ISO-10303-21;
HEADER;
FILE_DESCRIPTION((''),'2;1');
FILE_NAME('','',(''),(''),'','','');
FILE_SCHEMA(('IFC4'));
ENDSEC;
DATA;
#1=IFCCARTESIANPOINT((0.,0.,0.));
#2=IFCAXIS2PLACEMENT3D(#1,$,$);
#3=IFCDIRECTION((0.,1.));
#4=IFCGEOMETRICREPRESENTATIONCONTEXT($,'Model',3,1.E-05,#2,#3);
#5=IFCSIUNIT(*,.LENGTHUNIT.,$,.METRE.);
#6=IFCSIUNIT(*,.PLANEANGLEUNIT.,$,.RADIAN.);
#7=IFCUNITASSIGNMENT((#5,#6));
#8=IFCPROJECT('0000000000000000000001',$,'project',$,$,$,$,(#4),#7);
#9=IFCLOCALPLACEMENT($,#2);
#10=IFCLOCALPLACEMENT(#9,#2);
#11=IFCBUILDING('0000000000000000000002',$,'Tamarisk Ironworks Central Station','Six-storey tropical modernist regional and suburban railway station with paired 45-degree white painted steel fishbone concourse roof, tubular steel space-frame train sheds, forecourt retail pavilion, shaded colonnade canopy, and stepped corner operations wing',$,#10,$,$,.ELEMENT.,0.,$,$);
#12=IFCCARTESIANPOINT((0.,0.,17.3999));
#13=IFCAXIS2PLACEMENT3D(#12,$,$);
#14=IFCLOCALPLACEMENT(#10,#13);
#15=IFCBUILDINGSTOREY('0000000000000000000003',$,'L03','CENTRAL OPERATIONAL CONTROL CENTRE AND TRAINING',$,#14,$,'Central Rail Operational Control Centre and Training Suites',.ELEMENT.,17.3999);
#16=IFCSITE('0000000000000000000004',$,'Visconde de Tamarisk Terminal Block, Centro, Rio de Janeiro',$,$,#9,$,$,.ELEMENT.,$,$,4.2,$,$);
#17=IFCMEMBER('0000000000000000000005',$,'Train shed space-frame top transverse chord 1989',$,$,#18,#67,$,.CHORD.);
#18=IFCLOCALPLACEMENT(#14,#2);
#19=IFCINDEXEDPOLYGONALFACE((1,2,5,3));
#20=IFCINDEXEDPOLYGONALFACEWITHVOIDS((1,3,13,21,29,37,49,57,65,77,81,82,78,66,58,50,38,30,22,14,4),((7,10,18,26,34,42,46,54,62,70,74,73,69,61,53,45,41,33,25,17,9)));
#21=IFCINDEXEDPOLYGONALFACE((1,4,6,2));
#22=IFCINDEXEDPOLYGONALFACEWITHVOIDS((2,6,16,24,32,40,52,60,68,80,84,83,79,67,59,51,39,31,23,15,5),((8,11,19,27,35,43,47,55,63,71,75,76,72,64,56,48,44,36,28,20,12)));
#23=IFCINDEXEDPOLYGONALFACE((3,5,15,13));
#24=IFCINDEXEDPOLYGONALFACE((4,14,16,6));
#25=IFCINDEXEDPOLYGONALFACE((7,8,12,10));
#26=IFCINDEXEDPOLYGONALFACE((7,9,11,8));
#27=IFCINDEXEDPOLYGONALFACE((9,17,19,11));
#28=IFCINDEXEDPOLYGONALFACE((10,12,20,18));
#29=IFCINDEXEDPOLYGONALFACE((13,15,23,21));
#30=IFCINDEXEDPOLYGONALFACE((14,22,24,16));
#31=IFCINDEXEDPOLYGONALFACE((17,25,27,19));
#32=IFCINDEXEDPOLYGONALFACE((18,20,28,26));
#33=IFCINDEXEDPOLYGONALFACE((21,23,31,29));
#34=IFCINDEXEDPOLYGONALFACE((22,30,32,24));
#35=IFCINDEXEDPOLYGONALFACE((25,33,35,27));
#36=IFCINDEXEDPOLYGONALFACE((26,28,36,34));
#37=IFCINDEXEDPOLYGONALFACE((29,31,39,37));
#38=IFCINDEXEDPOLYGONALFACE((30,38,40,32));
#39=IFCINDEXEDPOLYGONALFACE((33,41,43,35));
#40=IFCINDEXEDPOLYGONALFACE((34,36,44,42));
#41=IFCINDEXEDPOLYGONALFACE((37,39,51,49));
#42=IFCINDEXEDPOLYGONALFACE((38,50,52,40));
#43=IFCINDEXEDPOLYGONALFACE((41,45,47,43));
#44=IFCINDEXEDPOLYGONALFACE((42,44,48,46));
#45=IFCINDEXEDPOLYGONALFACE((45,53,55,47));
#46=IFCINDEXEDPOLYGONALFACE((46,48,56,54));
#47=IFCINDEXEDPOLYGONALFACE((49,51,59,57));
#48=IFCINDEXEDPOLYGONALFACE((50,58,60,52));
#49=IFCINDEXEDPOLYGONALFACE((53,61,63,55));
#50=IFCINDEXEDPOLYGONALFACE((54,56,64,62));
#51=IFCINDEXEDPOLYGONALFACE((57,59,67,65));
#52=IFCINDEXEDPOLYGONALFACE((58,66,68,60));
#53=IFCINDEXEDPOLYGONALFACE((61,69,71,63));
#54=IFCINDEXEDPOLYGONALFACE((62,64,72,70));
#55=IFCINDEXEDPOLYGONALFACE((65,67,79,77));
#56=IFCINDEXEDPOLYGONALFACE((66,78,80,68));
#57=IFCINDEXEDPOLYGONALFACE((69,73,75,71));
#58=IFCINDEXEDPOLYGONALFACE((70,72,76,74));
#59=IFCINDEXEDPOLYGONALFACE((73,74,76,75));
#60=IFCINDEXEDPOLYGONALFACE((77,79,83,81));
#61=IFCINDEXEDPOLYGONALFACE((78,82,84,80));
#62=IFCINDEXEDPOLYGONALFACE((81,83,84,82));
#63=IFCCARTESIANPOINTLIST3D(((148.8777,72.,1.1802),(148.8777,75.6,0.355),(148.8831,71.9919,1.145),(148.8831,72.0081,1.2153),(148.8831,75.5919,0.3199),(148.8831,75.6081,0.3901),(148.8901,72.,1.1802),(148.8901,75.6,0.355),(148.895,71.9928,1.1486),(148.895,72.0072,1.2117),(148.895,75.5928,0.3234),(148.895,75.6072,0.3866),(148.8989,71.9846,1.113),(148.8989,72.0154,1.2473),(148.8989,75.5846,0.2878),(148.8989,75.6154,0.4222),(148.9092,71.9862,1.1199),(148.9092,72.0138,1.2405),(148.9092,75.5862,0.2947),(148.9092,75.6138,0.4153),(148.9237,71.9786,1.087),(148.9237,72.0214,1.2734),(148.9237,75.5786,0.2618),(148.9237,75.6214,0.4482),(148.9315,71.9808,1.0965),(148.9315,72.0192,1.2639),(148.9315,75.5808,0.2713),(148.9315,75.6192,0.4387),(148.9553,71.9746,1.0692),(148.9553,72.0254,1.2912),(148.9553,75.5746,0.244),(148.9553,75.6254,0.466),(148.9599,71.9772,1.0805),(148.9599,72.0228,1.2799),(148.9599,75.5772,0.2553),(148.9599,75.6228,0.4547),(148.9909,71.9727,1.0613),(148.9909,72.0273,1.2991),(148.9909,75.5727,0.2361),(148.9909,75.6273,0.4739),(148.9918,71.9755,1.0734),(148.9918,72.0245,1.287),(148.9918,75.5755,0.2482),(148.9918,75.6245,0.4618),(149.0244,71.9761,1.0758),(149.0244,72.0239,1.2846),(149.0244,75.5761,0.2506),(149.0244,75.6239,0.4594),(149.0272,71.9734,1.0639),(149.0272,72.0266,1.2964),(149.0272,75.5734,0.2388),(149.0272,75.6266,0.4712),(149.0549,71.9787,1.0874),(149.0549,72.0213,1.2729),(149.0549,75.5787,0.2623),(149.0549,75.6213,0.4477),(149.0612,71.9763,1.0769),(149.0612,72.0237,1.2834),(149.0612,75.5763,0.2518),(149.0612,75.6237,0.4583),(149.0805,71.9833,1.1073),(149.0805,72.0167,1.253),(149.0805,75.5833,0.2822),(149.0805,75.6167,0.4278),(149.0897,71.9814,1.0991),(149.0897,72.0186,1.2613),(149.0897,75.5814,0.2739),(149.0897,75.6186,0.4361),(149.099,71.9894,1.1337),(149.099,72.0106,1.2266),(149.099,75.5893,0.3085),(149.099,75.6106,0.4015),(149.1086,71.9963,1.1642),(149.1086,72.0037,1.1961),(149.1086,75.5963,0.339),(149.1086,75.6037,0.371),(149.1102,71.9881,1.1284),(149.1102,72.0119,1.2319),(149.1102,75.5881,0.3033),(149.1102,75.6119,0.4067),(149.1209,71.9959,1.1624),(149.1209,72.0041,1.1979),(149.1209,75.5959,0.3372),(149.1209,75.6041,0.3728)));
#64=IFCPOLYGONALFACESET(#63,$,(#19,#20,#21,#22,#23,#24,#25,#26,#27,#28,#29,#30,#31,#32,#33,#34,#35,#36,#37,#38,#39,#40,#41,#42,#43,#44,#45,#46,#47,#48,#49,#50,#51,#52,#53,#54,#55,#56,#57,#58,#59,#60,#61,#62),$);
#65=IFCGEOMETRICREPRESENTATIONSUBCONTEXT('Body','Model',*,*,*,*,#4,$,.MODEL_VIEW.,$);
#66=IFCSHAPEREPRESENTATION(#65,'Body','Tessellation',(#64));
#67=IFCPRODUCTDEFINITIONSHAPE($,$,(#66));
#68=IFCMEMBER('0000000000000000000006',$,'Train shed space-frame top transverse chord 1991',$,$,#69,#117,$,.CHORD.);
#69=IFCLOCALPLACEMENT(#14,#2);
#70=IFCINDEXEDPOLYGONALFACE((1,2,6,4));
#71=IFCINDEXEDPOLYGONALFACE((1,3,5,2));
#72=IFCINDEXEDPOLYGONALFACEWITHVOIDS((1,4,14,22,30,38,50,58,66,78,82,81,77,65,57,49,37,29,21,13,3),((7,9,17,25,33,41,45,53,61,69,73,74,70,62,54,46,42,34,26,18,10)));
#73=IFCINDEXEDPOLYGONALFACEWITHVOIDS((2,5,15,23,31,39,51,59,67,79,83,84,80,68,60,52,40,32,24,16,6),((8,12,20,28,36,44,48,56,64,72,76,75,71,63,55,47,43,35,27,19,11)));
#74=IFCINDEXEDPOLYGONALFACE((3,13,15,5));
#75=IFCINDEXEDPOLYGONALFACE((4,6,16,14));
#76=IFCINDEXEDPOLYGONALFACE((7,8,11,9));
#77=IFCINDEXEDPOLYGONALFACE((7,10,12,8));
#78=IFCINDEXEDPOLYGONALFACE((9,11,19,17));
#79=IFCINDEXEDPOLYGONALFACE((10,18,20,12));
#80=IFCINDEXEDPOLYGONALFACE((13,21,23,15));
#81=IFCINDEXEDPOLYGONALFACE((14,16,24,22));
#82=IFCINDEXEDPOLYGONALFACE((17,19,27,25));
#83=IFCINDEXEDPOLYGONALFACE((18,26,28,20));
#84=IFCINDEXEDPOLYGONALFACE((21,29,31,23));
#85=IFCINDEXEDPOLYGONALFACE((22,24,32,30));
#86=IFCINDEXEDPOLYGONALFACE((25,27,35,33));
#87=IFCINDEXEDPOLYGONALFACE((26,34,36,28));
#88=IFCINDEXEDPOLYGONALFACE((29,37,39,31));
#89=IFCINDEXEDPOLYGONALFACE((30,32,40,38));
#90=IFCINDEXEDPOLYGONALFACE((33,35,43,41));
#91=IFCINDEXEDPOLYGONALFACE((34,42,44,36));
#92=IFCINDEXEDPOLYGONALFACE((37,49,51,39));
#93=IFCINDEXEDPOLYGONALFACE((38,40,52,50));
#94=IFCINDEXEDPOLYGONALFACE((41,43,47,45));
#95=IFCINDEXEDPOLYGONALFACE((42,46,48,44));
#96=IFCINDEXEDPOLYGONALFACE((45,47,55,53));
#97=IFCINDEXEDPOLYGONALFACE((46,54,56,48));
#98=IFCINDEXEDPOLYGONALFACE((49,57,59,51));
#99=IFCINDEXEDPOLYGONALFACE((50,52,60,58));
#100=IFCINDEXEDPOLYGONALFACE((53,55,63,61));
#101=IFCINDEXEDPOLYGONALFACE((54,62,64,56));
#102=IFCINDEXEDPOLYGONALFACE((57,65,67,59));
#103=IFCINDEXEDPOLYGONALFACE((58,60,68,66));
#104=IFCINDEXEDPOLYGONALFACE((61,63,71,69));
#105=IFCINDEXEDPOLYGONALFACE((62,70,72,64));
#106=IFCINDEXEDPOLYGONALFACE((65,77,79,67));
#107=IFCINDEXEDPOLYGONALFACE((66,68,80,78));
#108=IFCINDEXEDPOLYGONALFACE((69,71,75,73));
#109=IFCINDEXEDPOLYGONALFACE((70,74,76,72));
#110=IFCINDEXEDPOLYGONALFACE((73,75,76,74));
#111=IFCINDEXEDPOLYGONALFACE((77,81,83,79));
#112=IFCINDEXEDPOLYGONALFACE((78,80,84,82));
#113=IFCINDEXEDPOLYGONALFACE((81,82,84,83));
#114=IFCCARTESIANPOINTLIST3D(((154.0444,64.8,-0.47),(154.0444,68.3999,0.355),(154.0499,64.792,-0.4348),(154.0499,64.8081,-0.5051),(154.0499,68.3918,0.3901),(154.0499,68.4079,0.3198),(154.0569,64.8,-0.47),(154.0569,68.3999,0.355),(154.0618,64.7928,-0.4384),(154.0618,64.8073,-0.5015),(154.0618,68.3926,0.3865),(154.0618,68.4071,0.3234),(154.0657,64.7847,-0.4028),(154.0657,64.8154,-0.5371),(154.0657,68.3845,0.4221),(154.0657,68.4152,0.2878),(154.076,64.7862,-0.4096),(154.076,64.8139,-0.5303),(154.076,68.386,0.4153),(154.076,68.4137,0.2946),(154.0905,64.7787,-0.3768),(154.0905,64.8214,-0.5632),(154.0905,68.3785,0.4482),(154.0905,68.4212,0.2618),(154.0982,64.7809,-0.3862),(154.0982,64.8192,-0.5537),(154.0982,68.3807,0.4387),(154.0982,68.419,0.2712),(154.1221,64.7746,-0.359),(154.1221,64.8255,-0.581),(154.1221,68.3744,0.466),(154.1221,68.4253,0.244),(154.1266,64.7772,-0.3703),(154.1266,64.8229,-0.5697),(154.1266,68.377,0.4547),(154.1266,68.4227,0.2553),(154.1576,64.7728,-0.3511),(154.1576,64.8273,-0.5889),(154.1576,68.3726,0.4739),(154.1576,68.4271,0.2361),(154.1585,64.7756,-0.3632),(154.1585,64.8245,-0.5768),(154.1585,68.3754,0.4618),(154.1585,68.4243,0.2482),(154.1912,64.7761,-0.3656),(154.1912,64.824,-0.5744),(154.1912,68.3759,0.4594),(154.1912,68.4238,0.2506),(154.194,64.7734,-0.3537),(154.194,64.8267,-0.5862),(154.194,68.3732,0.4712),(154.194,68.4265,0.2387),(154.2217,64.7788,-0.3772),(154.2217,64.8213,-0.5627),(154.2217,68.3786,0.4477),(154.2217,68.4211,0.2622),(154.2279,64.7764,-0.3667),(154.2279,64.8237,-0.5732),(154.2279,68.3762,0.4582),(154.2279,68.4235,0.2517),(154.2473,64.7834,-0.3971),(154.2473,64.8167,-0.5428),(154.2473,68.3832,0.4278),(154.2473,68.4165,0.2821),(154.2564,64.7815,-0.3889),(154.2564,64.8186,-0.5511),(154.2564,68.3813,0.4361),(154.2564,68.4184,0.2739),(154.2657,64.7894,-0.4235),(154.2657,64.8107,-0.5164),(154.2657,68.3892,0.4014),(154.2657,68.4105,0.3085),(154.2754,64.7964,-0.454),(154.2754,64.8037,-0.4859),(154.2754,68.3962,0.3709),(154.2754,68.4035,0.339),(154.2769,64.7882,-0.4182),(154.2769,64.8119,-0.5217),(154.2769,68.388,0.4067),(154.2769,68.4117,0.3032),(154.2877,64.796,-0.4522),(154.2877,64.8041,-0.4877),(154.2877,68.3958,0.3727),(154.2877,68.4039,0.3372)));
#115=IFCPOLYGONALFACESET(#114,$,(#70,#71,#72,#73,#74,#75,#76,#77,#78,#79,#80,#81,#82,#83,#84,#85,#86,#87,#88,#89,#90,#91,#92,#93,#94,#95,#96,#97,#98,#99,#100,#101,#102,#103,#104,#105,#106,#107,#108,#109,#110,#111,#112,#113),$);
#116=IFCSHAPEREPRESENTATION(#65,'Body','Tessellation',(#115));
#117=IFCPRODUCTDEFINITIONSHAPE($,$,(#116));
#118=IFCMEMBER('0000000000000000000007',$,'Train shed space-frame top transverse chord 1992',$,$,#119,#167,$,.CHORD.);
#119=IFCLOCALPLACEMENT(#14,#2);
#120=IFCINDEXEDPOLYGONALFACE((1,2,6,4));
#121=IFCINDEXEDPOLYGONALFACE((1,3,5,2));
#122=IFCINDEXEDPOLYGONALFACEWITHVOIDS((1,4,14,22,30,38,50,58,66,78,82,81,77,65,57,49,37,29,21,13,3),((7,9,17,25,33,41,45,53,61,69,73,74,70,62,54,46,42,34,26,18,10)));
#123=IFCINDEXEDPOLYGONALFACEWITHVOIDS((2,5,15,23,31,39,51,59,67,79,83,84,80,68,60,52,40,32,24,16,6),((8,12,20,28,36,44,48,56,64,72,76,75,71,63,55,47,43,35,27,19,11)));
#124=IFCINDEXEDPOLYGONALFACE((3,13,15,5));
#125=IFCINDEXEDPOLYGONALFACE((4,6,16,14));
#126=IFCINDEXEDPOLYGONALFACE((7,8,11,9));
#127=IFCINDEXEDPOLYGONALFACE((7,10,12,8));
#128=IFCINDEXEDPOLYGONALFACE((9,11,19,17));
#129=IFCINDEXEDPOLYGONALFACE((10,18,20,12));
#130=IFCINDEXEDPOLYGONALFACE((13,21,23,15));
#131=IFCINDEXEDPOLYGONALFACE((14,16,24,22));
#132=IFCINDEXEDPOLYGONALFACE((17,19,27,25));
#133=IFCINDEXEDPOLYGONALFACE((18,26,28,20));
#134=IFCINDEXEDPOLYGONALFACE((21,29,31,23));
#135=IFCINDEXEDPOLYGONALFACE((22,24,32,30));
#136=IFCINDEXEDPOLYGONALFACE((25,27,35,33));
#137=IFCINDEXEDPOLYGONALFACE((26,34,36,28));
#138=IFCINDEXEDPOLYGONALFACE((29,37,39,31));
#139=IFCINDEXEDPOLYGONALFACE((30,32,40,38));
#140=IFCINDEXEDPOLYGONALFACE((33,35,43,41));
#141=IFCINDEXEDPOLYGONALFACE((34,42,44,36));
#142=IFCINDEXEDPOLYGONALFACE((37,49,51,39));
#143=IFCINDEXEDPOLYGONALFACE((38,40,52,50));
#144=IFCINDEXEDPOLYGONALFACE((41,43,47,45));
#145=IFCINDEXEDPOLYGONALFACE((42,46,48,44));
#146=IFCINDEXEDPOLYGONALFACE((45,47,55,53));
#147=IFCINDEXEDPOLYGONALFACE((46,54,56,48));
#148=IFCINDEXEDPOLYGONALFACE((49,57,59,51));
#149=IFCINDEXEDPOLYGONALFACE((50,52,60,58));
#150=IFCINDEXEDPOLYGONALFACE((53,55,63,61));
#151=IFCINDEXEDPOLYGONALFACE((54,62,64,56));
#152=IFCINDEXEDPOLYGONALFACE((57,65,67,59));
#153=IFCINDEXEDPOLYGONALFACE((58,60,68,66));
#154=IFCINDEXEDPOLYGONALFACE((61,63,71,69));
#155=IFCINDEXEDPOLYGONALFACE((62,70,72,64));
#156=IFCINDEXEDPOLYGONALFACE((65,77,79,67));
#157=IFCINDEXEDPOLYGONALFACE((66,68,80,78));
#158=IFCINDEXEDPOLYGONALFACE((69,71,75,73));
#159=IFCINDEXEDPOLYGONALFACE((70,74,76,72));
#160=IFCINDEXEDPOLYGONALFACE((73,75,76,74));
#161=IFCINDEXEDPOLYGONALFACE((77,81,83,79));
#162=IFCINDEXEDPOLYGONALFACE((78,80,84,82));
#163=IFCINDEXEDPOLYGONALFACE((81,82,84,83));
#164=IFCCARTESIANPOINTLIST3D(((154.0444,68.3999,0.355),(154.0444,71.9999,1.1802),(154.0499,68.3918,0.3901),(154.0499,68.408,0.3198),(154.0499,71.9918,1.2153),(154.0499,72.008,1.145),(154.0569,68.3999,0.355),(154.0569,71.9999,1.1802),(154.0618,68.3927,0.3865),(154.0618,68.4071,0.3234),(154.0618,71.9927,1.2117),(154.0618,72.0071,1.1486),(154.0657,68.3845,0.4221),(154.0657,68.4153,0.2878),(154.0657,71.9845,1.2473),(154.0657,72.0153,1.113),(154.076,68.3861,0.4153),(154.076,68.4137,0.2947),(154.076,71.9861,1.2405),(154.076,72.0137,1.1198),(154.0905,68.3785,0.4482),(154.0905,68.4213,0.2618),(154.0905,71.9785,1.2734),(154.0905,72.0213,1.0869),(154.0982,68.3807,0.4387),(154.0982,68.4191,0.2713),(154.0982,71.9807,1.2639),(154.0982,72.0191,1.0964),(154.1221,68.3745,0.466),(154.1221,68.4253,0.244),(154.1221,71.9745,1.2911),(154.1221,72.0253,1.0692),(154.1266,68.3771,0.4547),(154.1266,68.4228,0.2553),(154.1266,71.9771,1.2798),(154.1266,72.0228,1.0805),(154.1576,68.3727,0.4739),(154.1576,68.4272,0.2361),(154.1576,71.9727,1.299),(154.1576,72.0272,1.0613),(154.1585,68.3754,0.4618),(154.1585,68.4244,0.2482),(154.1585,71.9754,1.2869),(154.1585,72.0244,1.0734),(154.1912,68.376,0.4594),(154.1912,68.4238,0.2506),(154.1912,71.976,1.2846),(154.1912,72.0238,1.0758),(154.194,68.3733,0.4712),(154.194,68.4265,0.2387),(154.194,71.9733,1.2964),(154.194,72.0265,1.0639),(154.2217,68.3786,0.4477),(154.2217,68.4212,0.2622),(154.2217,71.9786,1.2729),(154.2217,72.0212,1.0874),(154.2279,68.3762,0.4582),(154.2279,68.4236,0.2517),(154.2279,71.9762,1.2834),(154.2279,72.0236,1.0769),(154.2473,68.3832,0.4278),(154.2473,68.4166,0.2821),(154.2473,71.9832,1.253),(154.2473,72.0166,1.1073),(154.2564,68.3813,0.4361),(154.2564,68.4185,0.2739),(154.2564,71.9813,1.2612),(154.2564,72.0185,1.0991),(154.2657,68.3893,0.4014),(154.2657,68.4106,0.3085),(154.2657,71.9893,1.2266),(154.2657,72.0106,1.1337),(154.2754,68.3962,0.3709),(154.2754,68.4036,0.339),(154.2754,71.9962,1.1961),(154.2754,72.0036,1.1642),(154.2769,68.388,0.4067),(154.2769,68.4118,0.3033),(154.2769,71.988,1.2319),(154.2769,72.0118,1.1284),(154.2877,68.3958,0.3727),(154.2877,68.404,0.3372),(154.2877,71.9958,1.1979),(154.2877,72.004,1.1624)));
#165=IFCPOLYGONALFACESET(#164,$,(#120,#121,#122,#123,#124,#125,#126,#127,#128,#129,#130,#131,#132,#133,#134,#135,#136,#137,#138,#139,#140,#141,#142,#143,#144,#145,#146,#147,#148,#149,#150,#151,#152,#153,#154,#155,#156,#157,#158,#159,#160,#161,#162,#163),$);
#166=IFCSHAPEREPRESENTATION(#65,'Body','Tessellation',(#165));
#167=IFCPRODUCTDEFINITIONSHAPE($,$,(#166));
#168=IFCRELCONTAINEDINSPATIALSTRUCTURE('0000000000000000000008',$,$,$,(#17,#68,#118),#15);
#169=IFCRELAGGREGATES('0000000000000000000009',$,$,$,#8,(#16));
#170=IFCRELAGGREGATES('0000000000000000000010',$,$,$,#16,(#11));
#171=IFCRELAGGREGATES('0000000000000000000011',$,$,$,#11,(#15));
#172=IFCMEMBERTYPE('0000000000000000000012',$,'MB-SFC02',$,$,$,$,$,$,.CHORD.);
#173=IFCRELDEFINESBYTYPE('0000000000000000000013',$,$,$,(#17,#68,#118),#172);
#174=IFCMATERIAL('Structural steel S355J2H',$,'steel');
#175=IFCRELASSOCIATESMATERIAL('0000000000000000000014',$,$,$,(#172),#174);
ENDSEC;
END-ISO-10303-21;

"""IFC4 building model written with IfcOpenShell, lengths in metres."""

from ifc_helpers import new_model, si_unit, direction, frame, origin, origin_2d, place, context, subcontext, project, spatial, hollow_circle, extrude, material, material_profile, profile_set, type_object, element, save


model = new_model("IFC4")

# Units and contexts
model_context = context("Model", 3, precision=1e-05, world=origin(), true_north=direction((0.0, 1.0)))
body_context = subcontext(model_context, "Body", "Model", "MODEL_VIEW")
ifc_project = project(units=[si_unit("LENGTHUNIT", "METRE"), si_unit("PLANEANGLEUNIT", "RADIAN")], contexts=[model_context])

# Site, building, storey
site_placement = place(None, origin())
site = spatial("IfcSite", under=ifc_project, at=site_placement, Name="Visconde de Tamarisk Terminal Block, Centro, Rio de Janeiro", CompositionType="ELEMENT", RefElevation=4.2)
building_placement = place(site_placement, origin())
building = spatial("IfcBuilding", under=site, at=building_placement, Name="Tamarisk Ironworks Central Station", Description="Six-storey tropical modernist regional and suburban railway station with paired 45-degree white painted steel fishbone concourse roof, tubular steel space-frame train sheds, forecourt retail pavilion, shaded colonnade canopy, and stepped corner operations wing", CompositionType="ELEMENT", ElevationOfRefHeight=0.0)
storey_placement = place(building_placement, frame((0.0, 0.0, 17.3999)))
storey = spatial("IfcBuildingStorey", under=building, at=storey_placement, Name="L03", Description="CENTRAL OPERATIONAL CONTROL CENTRE AND TRAINING", LongName="Central Rail Operational Control Centre and Training Suites", CompositionType="ELEMENT", Elevation=17.3999)

# Members
ifc_material_1 = material(Name="Structural steel S355J2H", Category="steel")
ifc_material_profile_1 = material_profile(ifc_material_1, hollow_circle(Radius=0.1223, WallThickness=0.0125, at=origin_2d()), Name="CHS 244.5x12.5")
ifc_profile_set_1 = profile_set([ifc_material_profile_1], Name="Structural steel S355J2H")
member_type_1 = type_object("IfcMemberType", Name="MB-SFC02", PredefinedType="CHORD", material=ifc_profile_set_1)
for number, where, z_axis, x_axis, name in (
    (1, (149.0, 72.0, 1.1802), (0.0, 0.974722, -0.223421), (-1.0, 0.0, 0.0), "Train shed space-frame top transverse chord 1989"),
):
    element("IfcMember", number, at=place(storey_placement, frame(where, z_axis=z_axis, x_axis=x_axis)), inside=storey, type_object=member_type_1, Name=name, PredefinedType="CHORD", context=body_context, shape_type="SweptSolid", body=[
        extrude(hollow_circle(Radius=0.1223, WallThickness=0.0125, at=origin_2d()), origin(), (0.0, 0.0, 1.0), 3.6934),
    ])
member_1_placement = place(storey_placement, frame((154.1667, 64.8, -0.47), z_axis=(0.0, 0.974733, 0.223372), x_axis=(-1.0, 0.0, 0.0)))
element("IfcMember", 2, at=member_1_placement, inside=storey, type_object=member_type_1, Name="Train shed space-frame top transverse chord 1991", PredefinedType="CHORD", context=body_context, shape_type="SweptSolid", body=[
    extrude(hollow_circle(Radius=0.1223, WallThickness=0.0125, at=origin_2d()), origin(), (0.0, 0.0, 1.0), 3.6931),
])
member_2_placement = place(storey_placement, frame((154.1667, 68.3999, 0.355), z_axis=(0.0, 0.974722, 0.223421), x_axis=(-1.0, 0.0, 0.0)))
element("IfcMember", 3, at=member_2_placement, inside=storey, type_object=member_type_1, Name="Train shed space-frame top transverse chord 1992", PredefinedType="CHORD", context=body_context, shape_type="SweptSolid", body=[
    extrude(hollow_circle(Radius=0.1223, WallThickness=0.0125, at=origin_2d()), origin(), (0.0, 0.0, 1.0), 3.6934),
])

save(model, "model.ifc")
